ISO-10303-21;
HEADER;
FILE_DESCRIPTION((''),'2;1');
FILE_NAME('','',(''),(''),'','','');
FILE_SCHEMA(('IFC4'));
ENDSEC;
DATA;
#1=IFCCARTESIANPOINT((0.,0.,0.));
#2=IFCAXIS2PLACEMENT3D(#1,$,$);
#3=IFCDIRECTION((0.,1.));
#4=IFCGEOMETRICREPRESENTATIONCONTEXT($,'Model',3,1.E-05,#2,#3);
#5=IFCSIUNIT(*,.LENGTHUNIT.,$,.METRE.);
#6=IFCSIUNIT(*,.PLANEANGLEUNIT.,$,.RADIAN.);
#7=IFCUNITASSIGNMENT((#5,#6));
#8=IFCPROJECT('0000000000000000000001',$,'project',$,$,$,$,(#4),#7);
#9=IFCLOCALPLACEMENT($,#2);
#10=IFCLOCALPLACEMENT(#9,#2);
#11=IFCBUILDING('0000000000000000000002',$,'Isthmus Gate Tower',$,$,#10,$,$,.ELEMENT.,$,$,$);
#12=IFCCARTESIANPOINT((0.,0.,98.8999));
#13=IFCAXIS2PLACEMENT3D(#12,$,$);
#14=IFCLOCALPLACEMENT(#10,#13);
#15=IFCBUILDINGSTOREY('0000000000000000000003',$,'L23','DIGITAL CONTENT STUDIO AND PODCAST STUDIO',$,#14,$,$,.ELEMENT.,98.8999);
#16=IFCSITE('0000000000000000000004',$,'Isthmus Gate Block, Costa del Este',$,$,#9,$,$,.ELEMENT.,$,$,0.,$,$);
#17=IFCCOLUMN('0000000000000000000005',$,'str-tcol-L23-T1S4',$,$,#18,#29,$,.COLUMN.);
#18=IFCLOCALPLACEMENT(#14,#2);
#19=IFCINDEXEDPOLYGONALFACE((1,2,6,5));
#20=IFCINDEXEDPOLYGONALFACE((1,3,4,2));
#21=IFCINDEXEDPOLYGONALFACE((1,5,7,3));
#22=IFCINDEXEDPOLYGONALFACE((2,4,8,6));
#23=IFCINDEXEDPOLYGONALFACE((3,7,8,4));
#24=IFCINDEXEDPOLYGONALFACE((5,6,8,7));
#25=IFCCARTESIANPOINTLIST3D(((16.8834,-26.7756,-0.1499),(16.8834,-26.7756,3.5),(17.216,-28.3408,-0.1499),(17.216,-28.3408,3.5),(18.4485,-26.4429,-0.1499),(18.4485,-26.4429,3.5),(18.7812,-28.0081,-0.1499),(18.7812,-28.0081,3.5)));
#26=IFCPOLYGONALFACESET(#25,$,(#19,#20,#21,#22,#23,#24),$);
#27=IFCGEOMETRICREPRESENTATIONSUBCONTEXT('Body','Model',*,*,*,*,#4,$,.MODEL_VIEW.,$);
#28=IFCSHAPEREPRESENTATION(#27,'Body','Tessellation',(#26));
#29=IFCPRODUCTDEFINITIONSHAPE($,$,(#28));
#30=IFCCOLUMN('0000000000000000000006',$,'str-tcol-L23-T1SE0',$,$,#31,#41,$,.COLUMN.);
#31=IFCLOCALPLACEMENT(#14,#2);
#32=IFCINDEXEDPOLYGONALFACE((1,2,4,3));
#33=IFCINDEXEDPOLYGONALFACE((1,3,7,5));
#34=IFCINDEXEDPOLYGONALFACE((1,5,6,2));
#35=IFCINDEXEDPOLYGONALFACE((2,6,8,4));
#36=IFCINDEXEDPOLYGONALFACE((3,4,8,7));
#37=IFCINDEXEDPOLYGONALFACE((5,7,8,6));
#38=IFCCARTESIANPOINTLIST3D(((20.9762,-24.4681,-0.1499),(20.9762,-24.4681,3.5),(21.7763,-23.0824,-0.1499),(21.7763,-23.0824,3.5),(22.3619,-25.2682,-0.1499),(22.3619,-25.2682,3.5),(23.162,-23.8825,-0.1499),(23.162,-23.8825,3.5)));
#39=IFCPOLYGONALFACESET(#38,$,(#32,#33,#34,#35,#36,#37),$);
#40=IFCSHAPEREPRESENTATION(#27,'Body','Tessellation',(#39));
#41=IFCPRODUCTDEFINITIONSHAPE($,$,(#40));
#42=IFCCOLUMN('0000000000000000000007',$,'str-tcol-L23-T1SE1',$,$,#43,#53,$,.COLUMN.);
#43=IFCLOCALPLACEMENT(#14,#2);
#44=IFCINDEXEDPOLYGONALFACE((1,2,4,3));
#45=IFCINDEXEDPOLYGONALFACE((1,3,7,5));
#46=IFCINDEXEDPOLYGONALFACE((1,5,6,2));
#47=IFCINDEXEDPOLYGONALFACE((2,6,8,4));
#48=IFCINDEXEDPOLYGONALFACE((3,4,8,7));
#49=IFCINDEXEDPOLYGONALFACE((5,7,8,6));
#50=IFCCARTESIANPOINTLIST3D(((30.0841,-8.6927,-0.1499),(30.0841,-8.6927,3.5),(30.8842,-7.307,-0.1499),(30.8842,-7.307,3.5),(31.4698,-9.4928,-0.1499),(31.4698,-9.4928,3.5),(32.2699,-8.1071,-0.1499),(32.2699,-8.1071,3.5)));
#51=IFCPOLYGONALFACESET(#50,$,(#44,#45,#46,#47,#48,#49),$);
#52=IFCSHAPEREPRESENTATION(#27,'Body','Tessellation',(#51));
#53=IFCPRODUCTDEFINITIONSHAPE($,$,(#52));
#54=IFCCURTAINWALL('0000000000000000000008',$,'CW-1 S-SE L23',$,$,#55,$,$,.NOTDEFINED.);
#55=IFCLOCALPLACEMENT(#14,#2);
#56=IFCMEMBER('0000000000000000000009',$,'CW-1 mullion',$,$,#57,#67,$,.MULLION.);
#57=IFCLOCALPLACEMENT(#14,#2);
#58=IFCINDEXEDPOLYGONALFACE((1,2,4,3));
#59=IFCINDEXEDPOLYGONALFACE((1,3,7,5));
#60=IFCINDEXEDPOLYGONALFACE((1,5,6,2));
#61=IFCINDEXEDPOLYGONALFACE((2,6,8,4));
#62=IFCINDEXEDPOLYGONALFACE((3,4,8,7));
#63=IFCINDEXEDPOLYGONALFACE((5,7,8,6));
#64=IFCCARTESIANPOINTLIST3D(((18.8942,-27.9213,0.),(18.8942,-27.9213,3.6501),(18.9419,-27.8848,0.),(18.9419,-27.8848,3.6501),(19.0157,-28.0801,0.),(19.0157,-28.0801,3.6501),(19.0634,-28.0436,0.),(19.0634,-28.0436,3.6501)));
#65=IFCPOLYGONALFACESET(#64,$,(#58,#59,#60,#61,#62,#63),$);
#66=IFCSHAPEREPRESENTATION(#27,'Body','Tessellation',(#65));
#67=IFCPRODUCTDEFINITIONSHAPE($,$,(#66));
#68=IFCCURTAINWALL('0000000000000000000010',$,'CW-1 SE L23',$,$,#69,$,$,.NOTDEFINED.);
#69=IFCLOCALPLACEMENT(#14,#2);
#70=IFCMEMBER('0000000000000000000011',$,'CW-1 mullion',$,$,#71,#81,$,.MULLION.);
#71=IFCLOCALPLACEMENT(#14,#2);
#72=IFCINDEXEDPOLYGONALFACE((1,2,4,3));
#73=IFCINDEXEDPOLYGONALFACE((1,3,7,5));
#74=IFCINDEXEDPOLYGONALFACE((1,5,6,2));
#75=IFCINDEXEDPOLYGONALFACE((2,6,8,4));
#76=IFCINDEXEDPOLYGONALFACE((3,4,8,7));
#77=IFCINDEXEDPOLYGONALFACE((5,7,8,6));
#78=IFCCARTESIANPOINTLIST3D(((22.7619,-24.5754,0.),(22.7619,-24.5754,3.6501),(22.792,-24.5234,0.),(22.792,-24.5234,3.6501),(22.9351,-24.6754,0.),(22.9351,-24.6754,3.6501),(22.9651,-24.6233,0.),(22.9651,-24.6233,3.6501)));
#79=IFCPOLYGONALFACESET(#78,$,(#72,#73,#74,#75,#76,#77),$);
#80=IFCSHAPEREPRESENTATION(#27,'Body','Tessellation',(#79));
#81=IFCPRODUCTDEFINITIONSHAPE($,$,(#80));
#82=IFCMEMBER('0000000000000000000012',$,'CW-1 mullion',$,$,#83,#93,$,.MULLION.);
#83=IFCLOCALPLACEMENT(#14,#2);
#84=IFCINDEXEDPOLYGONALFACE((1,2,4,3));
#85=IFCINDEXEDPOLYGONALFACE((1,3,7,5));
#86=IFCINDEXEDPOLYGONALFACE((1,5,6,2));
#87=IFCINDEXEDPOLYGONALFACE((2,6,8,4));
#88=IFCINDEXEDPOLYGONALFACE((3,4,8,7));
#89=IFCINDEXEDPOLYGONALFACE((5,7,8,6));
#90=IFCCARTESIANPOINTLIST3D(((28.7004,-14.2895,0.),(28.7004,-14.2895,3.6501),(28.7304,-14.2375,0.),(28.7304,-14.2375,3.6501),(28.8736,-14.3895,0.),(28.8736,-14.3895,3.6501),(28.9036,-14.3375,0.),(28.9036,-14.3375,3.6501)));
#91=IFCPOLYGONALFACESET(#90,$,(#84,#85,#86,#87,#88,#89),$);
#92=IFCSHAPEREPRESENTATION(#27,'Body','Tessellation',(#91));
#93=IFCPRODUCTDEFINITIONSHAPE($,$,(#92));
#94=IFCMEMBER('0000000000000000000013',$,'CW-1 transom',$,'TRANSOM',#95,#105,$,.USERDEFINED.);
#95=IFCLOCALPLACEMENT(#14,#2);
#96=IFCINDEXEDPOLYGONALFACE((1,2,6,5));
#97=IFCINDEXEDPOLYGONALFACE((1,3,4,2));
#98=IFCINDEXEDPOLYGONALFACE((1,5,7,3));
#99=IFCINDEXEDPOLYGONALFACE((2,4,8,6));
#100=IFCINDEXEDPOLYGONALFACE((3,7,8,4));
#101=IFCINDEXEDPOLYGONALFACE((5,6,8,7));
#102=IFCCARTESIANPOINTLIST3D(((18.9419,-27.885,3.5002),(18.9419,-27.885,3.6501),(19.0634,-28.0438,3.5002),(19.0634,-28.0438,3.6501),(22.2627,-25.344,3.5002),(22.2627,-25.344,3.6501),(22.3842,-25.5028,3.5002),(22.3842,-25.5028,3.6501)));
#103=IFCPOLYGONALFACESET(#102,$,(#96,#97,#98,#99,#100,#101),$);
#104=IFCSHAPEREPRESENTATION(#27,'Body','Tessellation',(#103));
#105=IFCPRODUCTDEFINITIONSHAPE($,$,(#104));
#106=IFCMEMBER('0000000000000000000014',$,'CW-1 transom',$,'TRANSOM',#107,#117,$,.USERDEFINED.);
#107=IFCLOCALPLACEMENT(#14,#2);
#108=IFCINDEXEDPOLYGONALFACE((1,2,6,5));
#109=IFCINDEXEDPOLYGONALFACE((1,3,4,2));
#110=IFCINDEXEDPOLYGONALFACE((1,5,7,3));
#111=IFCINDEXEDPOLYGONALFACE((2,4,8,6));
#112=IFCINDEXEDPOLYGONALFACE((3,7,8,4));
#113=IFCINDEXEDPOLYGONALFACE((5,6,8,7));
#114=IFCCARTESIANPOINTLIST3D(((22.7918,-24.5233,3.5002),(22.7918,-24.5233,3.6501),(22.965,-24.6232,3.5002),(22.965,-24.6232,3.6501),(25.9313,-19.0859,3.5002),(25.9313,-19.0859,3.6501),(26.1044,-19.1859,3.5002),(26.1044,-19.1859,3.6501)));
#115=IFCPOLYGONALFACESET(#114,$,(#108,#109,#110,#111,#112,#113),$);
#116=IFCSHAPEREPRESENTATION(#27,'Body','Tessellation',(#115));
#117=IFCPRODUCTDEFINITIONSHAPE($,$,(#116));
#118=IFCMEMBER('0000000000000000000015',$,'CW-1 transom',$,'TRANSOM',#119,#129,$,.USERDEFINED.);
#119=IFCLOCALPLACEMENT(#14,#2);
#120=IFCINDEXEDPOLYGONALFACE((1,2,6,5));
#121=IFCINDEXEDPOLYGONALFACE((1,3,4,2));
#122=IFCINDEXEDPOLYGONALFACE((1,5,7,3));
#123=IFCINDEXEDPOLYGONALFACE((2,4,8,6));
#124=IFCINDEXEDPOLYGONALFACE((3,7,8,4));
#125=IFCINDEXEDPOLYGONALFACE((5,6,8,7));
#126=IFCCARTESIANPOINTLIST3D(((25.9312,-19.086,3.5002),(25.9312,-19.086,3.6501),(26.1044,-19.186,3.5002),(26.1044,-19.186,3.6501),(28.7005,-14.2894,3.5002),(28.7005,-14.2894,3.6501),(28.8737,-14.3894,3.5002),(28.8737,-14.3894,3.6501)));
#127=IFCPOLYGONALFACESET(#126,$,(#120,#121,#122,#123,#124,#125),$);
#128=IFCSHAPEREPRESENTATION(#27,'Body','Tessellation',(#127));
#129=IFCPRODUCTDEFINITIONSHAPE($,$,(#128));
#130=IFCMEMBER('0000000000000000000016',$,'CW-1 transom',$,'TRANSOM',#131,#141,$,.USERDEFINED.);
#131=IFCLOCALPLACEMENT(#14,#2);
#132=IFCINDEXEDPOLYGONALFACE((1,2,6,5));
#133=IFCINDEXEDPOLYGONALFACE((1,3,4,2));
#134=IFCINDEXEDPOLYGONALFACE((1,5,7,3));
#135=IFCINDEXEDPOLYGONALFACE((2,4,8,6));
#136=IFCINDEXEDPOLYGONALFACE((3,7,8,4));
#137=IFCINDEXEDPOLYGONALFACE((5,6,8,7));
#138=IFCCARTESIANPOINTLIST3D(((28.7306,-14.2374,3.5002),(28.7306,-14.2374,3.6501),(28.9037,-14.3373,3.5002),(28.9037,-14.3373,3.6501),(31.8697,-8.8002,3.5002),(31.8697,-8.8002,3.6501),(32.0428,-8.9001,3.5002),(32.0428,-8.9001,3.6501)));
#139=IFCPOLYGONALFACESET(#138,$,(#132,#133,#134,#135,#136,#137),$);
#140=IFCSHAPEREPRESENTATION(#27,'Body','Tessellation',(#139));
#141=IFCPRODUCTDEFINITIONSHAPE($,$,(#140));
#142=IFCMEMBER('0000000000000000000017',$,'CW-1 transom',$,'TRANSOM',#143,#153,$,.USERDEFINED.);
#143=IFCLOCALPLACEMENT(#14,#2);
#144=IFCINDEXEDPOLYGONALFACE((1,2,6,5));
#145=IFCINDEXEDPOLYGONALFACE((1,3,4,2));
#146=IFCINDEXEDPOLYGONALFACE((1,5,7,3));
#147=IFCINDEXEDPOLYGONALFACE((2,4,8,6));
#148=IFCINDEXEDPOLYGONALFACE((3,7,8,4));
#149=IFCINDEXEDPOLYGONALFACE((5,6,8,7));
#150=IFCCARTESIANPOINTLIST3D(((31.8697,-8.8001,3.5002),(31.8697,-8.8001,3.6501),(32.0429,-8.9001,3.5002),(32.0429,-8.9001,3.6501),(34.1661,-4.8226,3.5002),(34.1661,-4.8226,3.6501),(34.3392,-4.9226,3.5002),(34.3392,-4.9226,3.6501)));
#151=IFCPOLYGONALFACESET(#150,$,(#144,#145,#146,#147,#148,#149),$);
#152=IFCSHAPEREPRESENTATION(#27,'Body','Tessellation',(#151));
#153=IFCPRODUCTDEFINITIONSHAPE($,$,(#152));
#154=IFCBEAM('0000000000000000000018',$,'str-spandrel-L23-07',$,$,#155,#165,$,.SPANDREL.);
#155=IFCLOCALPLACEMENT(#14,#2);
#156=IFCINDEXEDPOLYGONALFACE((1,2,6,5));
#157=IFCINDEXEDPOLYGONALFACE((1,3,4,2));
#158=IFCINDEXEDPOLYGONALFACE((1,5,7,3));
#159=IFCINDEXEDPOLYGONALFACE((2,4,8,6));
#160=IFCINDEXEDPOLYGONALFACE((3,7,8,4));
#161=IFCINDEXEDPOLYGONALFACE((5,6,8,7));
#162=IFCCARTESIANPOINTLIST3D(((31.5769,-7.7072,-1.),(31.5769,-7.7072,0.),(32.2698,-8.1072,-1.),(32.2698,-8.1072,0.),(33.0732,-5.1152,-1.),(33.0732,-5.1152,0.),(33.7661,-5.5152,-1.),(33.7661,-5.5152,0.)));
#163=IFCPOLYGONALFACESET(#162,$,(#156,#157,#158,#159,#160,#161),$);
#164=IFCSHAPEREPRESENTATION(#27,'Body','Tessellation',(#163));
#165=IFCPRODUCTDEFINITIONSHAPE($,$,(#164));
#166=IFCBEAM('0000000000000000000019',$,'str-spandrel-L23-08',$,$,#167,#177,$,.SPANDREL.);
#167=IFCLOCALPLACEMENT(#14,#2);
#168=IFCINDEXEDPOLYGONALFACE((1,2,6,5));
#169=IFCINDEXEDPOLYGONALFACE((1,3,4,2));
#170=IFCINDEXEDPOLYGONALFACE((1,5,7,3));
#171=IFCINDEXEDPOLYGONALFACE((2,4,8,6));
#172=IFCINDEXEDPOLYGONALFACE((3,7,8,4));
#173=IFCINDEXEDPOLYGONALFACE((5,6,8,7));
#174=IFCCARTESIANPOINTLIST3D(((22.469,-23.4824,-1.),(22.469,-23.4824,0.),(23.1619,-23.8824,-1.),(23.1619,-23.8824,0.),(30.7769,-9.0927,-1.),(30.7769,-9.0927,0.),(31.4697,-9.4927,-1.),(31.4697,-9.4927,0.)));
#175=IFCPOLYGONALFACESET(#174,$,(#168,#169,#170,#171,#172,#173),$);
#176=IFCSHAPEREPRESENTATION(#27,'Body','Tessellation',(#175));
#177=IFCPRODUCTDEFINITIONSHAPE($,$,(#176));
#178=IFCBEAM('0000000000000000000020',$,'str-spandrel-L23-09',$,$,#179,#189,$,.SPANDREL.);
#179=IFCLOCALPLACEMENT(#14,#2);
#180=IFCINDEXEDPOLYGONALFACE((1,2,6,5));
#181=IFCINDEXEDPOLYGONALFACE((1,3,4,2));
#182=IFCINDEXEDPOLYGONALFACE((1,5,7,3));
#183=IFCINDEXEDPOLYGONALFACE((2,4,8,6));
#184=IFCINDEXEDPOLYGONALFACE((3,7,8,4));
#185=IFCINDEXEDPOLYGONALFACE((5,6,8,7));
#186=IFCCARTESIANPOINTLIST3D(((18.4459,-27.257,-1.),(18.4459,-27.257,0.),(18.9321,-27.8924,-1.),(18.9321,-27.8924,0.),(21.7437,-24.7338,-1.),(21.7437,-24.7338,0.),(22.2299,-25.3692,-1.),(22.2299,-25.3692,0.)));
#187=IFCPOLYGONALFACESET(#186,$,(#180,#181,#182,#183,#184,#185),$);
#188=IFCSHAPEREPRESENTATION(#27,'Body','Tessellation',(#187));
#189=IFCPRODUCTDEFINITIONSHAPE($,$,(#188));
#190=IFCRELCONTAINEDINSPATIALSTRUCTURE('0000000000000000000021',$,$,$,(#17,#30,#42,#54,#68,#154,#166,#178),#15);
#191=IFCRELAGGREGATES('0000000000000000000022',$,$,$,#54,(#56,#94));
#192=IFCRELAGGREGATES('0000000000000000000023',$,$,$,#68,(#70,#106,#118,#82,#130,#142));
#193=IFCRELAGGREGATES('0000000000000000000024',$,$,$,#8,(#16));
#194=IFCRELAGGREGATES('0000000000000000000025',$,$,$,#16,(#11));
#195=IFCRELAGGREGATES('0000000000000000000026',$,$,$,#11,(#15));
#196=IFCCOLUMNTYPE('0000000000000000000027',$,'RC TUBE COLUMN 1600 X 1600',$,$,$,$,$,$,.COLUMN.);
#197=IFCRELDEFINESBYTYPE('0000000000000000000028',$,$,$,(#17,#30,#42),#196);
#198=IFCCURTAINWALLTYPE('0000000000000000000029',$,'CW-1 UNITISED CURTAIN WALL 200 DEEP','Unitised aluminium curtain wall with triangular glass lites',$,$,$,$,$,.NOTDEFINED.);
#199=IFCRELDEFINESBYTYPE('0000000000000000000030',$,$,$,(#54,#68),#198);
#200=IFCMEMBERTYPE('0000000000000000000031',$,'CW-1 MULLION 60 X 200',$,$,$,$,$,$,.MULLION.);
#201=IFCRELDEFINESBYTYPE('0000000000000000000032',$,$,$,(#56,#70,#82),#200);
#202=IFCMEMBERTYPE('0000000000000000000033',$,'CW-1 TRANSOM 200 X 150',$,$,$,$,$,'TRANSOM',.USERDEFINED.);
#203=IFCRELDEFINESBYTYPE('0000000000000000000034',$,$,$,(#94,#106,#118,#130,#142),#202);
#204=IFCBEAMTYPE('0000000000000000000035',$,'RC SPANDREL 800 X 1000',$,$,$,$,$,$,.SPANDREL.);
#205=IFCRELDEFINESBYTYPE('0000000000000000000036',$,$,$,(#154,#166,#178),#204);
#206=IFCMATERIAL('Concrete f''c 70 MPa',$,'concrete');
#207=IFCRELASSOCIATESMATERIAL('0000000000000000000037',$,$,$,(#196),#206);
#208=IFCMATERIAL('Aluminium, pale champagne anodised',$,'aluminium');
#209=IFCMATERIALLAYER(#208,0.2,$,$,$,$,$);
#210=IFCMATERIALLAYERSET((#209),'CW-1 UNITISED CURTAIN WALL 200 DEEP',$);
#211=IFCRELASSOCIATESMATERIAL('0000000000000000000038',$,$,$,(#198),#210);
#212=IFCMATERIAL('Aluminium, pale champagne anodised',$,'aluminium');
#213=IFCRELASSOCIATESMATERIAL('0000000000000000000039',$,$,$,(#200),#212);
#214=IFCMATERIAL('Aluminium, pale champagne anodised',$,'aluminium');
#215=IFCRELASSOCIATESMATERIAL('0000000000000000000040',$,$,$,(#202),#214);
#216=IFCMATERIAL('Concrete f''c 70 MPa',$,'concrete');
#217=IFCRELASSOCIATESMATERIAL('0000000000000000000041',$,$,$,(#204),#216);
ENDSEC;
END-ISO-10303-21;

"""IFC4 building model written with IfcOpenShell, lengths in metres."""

from ifc_helpers import new_model, si_unit, direction, frame, origin, origin_2d, place, context, subcontext, project, spatial, rectangle, extrude, material, layer, layer_set, material_profile, profile_set, type_object, element, aggregate, save


model = new_model("IFC4")

# Units and contexts
model_context = context("Model", 3, precision=1e-05, world=origin(), true_north=direction((0.0, 1.0)))
body_context = subcontext(model_context, "Body", "Model", "MODEL_VIEW")
ifc_project = project(units=[si_unit("LENGTHUNIT", "METRE"), si_unit("PLANEANGLEUNIT", "RADIAN")], contexts=[model_context])

# Site, building, storey
site_placement = place(None, origin())
site = spatial("IfcSite", under=ifc_project, at=site_placement, Name="Isthmus Gate Block, Costa del Este", CompositionType="ELEMENT", RefElevation=0.0)
building_placement = place(site_placement, origin())
building = spatial("IfcBuilding", under=site, at=building_placement, Name="Isthmus Gate Tower", CompositionType="ELEMENT")
storey_placement = place(building_placement, frame((0.0, 0.0, 98.8999)))
storey = spatial("IfcBuildingStorey", under=building, at=storey_placement, Name="L23", Description="DIGITAL CONTENT STUDIO AND PODCAST STUDIO", CompositionType="ELEMENT", Elevation=98.8999)

# Columns
ifc_material_1 = material(Name="Concrete f'c 70 MPa", Category="concrete")
ifc_material_profile_1 = material_profile(ifc_material_1, rectangle(XDim=1.6001, YDim=1.6001, at=origin_2d()), Name="RC 1600X1600")
ifc_profile_set_1 = profile_set([ifc_material_profile_1], Name="Concrete f'c 70 MPa")
column_type = type_object("IfcColumnType", Name="RC TUBE COLUMN 1600 X 1600", PredefinedType="COLUMN", material=ifc_profile_set_1)
for number, where, z_axis, x_axis, name in (
    (1, (17.8323, -27.3918, -0.1499), (0.0, 0.0, 1.0), (0.978148, 0.207912, 0.0), "str-tcol-L23-T1S4"),
    (2, (22.0691, -24.1753, -0.1499), (0.0, 0.0, 1.0), (0.5, 0.866025, 0.0), "str-tcol-L23-T1SE0"),
    (3, (31.177, -8.3999, -0.1499), (0.0, 0.0, 1.0), (0.5, 0.866025, 0.0), "str-tcol-L23-T1SE1"),
):
    element("IfcColumn", number, at=place(storey_placement, frame(where, z_axis=z_axis, x_axis=x_axis)), inside=storey, type_object=column_type, Name=name, PredefinedType="COLUMN", context=body_context, shape_type="SweptSolid", body=[
        extrude(rectangle(XDim=1.6001, YDim=1.6001, at=origin_2d()), origin(), (0.0, 0.0, 1.0), 3.6499),
    ])

# Curtain wall, member
ifc_material_2 = material(Name="Aluminium, pale champagne anodised", Category="aluminium")
ifc_layer_1 = layer(ifc_material_2, 0.2)
ifc_layer_set_1 = layer_set([ifc_layer_1], Name="CW-1 UNITISED CURTAIN WALL 200 DEEP")
curtain_wall_type = type_object("IfcCurtainWallType", Name="CW-1 UNITISED CURTAIN WALL 200 DEEP", Description="Unitised aluminium curtain wall with triangular glass lites", PredefinedType="NOTDEFINED", material=ifc_layer_set_1)
curtain_wall_1_placement = place(storey_placement, origin())
curtain_wall_1 = element("IfcCurtainWall", 4, at=curtain_wall_1_placement, inside=storey, type_object=curtain_wall_type, Name="CW-1 S-SE L23", PredefinedType="NOTDEFINED")
ifc_material_3 = material(Name="Aluminium, pale champagne anodised", Category="aluminium")
ifc_material_profile_2 = material_profile(ifc_material_3, rectangle(XDim=0.0601, YDim=0.2, at=origin_2d()), Name="60x200")
ifc_profile_set_2 = profile_set([ifc_material_profile_2], Name="Aluminium, pale champagne anodised")
member_type_1 = type_object("IfcMemberType", Name="CW-1 MULLION 60 X 200", PredefinedType="MULLION", material=ifc_profile_set_2)
member_1_placement = place(storey_placement, frame((18.9788, -27.9824, 0.0), z_axis=(0.0, 0.0, 1.0), x_axis=(0.794189, 0.607671, 0.0)))
member_1 = element("IfcMember", 5, at=member_1_placement, type_object=member_type_1, Name="CW-1 mullion", PredefinedType="MULLION", context=body_context, shape_type="SweptSolid", body=[
    extrude(rectangle(XDim=0.0601, YDim=0.2, at=origin_2d()), origin(), (0.0, 0.0, 1.0), 3.6501),
])

# Curtain wall, members
curtain_wall_2_placement = place(storey_placement, origin())
curtain_wall_2 = element("IfcCurtainWall", 6, at=curtain_wall_2_placement, inside=storey, type_object=curtain_wall_type, Name="CW-1 SE L23", PredefinedType="NOTDEFINED")
member_2_placement = place(storey_placement, frame((22.8635, -24.5994, 0.0), z_axis=(0.0, 0.0, 1.0), x_axis=(0.5, 0.866025, 0.0)))
member_2 = element("IfcMember", 7, at=member_2_placement, type_object=member_type_1, Name="CW-1 mullion", PredefinedType="MULLION", context=body_context, shape_type="SweptSolid", body=[
    extrude(rectangle(XDim=0.0601, YDim=0.2, at=origin_2d()), origin(), (0.0, 0.0, 1.0), 3.6501),
])
member_3_placement = place(storey_placement, frame((28.802, -14.3135, 0.0), z_axis=(0.0, 0.0, 1.0), x_axis=(0.5, 0.866025, 0.0)))
member_3 = element("IfcMember", 8, at=member_3_placement, type_object=member_type_1, Name="CW-1 mullion", PredefinedType="MULLION", context=body_context, shape_type="SweptSolid", body=[
    extrude(rectangle(XDim=0.0601, YDim=0.2, at=origin_2d()), origin(), (0.0, 0.0, 1.0), 3.6501),
])

# Members
ifc_material_4 = material(Name="Aluminium, pale champagne anodised", Category="aluminium")
ifc_material_profile_3 = material_profile(ifc_material_4, rectangle(XDim=0.2, YDim=0.1499, at=origin_2d()), Name="200x150")
ifc_profile_set_3 = profile_set([ifc_material_profile_3], Name="Aluminium, pale champagne anodised")
member_type_2 = type_object("IfcMemberType", Name="CW-1 TRANSOM 200 X 150", ElementType="TRANSOM", PredefinedType="USERDEFINED", material=ifc_profile_set_3)
member_4_placement = place(storey_placement, frame((19.0027, -27.9644, 3.5752), z_axis=(0.794175, 0.607688, 0.0), x_axis=(-0.607688, 0.794175, 0.0)))
member_4 = element("IfcMember", 9, at=member_4_placement, type_object=member_type_2, Name="CW-1 transom", ObjectType="TRANSOM", PredefinedType="USERDEFINED", context=body_context, shape_type="SweptSolid", body=[
    extrude(rectangle(XDim=0.2, YDim=0.1499, at=origin_2d()), origin(), (0.0, 0.0, 1.0), 4.1814),
])
member_5_placement = place(storey_placement, frame((22.8784, -24.5732, 3.5752), z_axis=(0.500024, 0.866011, 0.0), x_axis=(-0.866011, 0.500024, 0.0)))
member_5 = element("IfcMember", 10, at=member_5_placement, type_object=member_type_2, Name="CW-1 transom", ObjectType="TRANSOM", PredefinedType="USERDEFINED", context=body_context, shape_type="SweptSolid", body=[
    extrude(rectangle(XDim=0.2, YDim=0.1499, at=origin_2d()), origin(), (0.0, 0.0, 1.0), 6.2786),
])
member_6_placement = place(storey_placement, frame((26.0178, -19.136, 3.5752), z_axis=(0.499993, 0.866029, 0.0), x_axis=(-0.866029, 0.499993, 0.0)))
member_6 = element("IfcMember", 11, at=member_6_placement, type_object=member_type_2, Name="CW-1 transom", ObjectType="TRANSOM", PredefinedType="USERDEFINED", context=body_context, shape_type="SweptSolid", body=[
    extrude(rectangle(XDim=0.2, YDim=0.1499, at=origin_2d()), origin(), (0.0, 0.0, 1.0), 5.5386),
])
member_7_placement = place(storey_placement, frame((28.8171, -14.2874, 3.5752), z_axis=(0.499995, 0.866028, 0.0), x_axis=(-0.866028, 0.499995, 0.0)))
member_7 = element("IfcMember", 12, at=member_7_placement, type_object=member_type_2, Name="CW-1 transom", ObjectType="TRANSOM", PredefinedType="USERDEFINED", context=body_context, shape_type="SweptSolid", body=[
    extrude(rectangle(XDim=0.2, YDim=0.1499, at=origin_2d()), origin(), (0.0, 0.0, 1.0), 6.2783),
])
member_8_placement = place(storey_placement, frame((31.9563, -8.8501, 3.5752), z_axis=(0.499992, 0.86603, 0.0), x_axis=(-0.86603, 0.499992, 0.0)))
member_8 = element("IfcMember", 13, at=member_8_placement, type_object=member_type_2, Name="CW-1 transom", ObjectType="TRANSOM", PredefinedType="USERDEFINED", context=body_context, shape_type="SweptSolid", body=[
    extrude(rectangle(XDim=0.2, YDim=0.1499, at=origin_2d()), origin(), (0.0, 0.0, 1.0), 4.5928),
])

# Beams
ifc_material_5 = material(Name="Concrete f'c 70 MPa", Category="concrete")
ifc_material_profile_4 = material_profile(ifc_material_5, rectangle(XDim=0.8, YDim=1.0, at=origin_2d()), Name="RC 800X1000")
ifc_profile_set_4 = profile_set([ifc_material_profile_4], Name="Concrete f'c 70 MPa")
beam_type_1 = type_object("IfcBeamType", Name="RC SPANDREL 800 X 1000", PredefinedType="SPANDREL", material=ifc_profile_set_4)
beam_1_placement = place(storey_placement, frame((33.4197, -5.3152, -0.5), z_axis=(-0.499955, -0.866051, 0.0), x_axis=(0.866051, -0.499955, 0.0)))
element("IfcBeam", 14, at=beam_1_placement, inside=storey, type_object=beam_type_1, Name="str-spandrel-L23-07", PredefinedType="SPANDREL", context=body_context, shape_type="SweptSolid", body=[
    extrude(rectangle(XDim=0.8, YDim=1.0, at=origin_2d()), origin(), (0.0, 0.0, 1.0), 2.9929),
])
beam_2_placement = place(storey_placement, frame((31.1233, -9.2927, -0.5), z_axis=(-0.5, -0.866026, 0.0), x_axis=(0.866026, -0.5, 0.0)))
element("IfcBeam", 15, at=beam_2_placement, inside=storey, type_object=beam_type_1, Name="str-spandrel-L23-08", PredefinedType="SPANDREL", context=body_context, shape_type="SweptSolid", body=[
    extrude(rectangle(XDim=0.8, YDim=1.0, at=origin_2d()), origin(), (0.0, 0.0, 1.0), 16.6157),
])
beam_3_placement = place(storey_placement, frame((21.9868, -25.0515, -0.5), z_axis=(-0.794206, -0.607649, 0.0), x_axis=(0.607649, -0.794206, 0.0)))
element("IfcBeam", 16, at=beam_3_placement, inside=storey, type_object=beam_type_1, Name="str-spandrel-L23-09", PredefinedType="SPANDREL", context=body_context, shape_type="SweptSolid", body=[
    extrude(rectangle(XDim=0.8, YDim=1.0, at=origin_2d()), origin(), (0.0, 0.0, 1.0), 4.1523),
])

aggregate(curtain_wall_1, [member_1, member_4])
aggregate(curtain_wall_2, [member_2, member_5, member_6, member_3, member_7, member_8])

save(model, "model.ifc")
